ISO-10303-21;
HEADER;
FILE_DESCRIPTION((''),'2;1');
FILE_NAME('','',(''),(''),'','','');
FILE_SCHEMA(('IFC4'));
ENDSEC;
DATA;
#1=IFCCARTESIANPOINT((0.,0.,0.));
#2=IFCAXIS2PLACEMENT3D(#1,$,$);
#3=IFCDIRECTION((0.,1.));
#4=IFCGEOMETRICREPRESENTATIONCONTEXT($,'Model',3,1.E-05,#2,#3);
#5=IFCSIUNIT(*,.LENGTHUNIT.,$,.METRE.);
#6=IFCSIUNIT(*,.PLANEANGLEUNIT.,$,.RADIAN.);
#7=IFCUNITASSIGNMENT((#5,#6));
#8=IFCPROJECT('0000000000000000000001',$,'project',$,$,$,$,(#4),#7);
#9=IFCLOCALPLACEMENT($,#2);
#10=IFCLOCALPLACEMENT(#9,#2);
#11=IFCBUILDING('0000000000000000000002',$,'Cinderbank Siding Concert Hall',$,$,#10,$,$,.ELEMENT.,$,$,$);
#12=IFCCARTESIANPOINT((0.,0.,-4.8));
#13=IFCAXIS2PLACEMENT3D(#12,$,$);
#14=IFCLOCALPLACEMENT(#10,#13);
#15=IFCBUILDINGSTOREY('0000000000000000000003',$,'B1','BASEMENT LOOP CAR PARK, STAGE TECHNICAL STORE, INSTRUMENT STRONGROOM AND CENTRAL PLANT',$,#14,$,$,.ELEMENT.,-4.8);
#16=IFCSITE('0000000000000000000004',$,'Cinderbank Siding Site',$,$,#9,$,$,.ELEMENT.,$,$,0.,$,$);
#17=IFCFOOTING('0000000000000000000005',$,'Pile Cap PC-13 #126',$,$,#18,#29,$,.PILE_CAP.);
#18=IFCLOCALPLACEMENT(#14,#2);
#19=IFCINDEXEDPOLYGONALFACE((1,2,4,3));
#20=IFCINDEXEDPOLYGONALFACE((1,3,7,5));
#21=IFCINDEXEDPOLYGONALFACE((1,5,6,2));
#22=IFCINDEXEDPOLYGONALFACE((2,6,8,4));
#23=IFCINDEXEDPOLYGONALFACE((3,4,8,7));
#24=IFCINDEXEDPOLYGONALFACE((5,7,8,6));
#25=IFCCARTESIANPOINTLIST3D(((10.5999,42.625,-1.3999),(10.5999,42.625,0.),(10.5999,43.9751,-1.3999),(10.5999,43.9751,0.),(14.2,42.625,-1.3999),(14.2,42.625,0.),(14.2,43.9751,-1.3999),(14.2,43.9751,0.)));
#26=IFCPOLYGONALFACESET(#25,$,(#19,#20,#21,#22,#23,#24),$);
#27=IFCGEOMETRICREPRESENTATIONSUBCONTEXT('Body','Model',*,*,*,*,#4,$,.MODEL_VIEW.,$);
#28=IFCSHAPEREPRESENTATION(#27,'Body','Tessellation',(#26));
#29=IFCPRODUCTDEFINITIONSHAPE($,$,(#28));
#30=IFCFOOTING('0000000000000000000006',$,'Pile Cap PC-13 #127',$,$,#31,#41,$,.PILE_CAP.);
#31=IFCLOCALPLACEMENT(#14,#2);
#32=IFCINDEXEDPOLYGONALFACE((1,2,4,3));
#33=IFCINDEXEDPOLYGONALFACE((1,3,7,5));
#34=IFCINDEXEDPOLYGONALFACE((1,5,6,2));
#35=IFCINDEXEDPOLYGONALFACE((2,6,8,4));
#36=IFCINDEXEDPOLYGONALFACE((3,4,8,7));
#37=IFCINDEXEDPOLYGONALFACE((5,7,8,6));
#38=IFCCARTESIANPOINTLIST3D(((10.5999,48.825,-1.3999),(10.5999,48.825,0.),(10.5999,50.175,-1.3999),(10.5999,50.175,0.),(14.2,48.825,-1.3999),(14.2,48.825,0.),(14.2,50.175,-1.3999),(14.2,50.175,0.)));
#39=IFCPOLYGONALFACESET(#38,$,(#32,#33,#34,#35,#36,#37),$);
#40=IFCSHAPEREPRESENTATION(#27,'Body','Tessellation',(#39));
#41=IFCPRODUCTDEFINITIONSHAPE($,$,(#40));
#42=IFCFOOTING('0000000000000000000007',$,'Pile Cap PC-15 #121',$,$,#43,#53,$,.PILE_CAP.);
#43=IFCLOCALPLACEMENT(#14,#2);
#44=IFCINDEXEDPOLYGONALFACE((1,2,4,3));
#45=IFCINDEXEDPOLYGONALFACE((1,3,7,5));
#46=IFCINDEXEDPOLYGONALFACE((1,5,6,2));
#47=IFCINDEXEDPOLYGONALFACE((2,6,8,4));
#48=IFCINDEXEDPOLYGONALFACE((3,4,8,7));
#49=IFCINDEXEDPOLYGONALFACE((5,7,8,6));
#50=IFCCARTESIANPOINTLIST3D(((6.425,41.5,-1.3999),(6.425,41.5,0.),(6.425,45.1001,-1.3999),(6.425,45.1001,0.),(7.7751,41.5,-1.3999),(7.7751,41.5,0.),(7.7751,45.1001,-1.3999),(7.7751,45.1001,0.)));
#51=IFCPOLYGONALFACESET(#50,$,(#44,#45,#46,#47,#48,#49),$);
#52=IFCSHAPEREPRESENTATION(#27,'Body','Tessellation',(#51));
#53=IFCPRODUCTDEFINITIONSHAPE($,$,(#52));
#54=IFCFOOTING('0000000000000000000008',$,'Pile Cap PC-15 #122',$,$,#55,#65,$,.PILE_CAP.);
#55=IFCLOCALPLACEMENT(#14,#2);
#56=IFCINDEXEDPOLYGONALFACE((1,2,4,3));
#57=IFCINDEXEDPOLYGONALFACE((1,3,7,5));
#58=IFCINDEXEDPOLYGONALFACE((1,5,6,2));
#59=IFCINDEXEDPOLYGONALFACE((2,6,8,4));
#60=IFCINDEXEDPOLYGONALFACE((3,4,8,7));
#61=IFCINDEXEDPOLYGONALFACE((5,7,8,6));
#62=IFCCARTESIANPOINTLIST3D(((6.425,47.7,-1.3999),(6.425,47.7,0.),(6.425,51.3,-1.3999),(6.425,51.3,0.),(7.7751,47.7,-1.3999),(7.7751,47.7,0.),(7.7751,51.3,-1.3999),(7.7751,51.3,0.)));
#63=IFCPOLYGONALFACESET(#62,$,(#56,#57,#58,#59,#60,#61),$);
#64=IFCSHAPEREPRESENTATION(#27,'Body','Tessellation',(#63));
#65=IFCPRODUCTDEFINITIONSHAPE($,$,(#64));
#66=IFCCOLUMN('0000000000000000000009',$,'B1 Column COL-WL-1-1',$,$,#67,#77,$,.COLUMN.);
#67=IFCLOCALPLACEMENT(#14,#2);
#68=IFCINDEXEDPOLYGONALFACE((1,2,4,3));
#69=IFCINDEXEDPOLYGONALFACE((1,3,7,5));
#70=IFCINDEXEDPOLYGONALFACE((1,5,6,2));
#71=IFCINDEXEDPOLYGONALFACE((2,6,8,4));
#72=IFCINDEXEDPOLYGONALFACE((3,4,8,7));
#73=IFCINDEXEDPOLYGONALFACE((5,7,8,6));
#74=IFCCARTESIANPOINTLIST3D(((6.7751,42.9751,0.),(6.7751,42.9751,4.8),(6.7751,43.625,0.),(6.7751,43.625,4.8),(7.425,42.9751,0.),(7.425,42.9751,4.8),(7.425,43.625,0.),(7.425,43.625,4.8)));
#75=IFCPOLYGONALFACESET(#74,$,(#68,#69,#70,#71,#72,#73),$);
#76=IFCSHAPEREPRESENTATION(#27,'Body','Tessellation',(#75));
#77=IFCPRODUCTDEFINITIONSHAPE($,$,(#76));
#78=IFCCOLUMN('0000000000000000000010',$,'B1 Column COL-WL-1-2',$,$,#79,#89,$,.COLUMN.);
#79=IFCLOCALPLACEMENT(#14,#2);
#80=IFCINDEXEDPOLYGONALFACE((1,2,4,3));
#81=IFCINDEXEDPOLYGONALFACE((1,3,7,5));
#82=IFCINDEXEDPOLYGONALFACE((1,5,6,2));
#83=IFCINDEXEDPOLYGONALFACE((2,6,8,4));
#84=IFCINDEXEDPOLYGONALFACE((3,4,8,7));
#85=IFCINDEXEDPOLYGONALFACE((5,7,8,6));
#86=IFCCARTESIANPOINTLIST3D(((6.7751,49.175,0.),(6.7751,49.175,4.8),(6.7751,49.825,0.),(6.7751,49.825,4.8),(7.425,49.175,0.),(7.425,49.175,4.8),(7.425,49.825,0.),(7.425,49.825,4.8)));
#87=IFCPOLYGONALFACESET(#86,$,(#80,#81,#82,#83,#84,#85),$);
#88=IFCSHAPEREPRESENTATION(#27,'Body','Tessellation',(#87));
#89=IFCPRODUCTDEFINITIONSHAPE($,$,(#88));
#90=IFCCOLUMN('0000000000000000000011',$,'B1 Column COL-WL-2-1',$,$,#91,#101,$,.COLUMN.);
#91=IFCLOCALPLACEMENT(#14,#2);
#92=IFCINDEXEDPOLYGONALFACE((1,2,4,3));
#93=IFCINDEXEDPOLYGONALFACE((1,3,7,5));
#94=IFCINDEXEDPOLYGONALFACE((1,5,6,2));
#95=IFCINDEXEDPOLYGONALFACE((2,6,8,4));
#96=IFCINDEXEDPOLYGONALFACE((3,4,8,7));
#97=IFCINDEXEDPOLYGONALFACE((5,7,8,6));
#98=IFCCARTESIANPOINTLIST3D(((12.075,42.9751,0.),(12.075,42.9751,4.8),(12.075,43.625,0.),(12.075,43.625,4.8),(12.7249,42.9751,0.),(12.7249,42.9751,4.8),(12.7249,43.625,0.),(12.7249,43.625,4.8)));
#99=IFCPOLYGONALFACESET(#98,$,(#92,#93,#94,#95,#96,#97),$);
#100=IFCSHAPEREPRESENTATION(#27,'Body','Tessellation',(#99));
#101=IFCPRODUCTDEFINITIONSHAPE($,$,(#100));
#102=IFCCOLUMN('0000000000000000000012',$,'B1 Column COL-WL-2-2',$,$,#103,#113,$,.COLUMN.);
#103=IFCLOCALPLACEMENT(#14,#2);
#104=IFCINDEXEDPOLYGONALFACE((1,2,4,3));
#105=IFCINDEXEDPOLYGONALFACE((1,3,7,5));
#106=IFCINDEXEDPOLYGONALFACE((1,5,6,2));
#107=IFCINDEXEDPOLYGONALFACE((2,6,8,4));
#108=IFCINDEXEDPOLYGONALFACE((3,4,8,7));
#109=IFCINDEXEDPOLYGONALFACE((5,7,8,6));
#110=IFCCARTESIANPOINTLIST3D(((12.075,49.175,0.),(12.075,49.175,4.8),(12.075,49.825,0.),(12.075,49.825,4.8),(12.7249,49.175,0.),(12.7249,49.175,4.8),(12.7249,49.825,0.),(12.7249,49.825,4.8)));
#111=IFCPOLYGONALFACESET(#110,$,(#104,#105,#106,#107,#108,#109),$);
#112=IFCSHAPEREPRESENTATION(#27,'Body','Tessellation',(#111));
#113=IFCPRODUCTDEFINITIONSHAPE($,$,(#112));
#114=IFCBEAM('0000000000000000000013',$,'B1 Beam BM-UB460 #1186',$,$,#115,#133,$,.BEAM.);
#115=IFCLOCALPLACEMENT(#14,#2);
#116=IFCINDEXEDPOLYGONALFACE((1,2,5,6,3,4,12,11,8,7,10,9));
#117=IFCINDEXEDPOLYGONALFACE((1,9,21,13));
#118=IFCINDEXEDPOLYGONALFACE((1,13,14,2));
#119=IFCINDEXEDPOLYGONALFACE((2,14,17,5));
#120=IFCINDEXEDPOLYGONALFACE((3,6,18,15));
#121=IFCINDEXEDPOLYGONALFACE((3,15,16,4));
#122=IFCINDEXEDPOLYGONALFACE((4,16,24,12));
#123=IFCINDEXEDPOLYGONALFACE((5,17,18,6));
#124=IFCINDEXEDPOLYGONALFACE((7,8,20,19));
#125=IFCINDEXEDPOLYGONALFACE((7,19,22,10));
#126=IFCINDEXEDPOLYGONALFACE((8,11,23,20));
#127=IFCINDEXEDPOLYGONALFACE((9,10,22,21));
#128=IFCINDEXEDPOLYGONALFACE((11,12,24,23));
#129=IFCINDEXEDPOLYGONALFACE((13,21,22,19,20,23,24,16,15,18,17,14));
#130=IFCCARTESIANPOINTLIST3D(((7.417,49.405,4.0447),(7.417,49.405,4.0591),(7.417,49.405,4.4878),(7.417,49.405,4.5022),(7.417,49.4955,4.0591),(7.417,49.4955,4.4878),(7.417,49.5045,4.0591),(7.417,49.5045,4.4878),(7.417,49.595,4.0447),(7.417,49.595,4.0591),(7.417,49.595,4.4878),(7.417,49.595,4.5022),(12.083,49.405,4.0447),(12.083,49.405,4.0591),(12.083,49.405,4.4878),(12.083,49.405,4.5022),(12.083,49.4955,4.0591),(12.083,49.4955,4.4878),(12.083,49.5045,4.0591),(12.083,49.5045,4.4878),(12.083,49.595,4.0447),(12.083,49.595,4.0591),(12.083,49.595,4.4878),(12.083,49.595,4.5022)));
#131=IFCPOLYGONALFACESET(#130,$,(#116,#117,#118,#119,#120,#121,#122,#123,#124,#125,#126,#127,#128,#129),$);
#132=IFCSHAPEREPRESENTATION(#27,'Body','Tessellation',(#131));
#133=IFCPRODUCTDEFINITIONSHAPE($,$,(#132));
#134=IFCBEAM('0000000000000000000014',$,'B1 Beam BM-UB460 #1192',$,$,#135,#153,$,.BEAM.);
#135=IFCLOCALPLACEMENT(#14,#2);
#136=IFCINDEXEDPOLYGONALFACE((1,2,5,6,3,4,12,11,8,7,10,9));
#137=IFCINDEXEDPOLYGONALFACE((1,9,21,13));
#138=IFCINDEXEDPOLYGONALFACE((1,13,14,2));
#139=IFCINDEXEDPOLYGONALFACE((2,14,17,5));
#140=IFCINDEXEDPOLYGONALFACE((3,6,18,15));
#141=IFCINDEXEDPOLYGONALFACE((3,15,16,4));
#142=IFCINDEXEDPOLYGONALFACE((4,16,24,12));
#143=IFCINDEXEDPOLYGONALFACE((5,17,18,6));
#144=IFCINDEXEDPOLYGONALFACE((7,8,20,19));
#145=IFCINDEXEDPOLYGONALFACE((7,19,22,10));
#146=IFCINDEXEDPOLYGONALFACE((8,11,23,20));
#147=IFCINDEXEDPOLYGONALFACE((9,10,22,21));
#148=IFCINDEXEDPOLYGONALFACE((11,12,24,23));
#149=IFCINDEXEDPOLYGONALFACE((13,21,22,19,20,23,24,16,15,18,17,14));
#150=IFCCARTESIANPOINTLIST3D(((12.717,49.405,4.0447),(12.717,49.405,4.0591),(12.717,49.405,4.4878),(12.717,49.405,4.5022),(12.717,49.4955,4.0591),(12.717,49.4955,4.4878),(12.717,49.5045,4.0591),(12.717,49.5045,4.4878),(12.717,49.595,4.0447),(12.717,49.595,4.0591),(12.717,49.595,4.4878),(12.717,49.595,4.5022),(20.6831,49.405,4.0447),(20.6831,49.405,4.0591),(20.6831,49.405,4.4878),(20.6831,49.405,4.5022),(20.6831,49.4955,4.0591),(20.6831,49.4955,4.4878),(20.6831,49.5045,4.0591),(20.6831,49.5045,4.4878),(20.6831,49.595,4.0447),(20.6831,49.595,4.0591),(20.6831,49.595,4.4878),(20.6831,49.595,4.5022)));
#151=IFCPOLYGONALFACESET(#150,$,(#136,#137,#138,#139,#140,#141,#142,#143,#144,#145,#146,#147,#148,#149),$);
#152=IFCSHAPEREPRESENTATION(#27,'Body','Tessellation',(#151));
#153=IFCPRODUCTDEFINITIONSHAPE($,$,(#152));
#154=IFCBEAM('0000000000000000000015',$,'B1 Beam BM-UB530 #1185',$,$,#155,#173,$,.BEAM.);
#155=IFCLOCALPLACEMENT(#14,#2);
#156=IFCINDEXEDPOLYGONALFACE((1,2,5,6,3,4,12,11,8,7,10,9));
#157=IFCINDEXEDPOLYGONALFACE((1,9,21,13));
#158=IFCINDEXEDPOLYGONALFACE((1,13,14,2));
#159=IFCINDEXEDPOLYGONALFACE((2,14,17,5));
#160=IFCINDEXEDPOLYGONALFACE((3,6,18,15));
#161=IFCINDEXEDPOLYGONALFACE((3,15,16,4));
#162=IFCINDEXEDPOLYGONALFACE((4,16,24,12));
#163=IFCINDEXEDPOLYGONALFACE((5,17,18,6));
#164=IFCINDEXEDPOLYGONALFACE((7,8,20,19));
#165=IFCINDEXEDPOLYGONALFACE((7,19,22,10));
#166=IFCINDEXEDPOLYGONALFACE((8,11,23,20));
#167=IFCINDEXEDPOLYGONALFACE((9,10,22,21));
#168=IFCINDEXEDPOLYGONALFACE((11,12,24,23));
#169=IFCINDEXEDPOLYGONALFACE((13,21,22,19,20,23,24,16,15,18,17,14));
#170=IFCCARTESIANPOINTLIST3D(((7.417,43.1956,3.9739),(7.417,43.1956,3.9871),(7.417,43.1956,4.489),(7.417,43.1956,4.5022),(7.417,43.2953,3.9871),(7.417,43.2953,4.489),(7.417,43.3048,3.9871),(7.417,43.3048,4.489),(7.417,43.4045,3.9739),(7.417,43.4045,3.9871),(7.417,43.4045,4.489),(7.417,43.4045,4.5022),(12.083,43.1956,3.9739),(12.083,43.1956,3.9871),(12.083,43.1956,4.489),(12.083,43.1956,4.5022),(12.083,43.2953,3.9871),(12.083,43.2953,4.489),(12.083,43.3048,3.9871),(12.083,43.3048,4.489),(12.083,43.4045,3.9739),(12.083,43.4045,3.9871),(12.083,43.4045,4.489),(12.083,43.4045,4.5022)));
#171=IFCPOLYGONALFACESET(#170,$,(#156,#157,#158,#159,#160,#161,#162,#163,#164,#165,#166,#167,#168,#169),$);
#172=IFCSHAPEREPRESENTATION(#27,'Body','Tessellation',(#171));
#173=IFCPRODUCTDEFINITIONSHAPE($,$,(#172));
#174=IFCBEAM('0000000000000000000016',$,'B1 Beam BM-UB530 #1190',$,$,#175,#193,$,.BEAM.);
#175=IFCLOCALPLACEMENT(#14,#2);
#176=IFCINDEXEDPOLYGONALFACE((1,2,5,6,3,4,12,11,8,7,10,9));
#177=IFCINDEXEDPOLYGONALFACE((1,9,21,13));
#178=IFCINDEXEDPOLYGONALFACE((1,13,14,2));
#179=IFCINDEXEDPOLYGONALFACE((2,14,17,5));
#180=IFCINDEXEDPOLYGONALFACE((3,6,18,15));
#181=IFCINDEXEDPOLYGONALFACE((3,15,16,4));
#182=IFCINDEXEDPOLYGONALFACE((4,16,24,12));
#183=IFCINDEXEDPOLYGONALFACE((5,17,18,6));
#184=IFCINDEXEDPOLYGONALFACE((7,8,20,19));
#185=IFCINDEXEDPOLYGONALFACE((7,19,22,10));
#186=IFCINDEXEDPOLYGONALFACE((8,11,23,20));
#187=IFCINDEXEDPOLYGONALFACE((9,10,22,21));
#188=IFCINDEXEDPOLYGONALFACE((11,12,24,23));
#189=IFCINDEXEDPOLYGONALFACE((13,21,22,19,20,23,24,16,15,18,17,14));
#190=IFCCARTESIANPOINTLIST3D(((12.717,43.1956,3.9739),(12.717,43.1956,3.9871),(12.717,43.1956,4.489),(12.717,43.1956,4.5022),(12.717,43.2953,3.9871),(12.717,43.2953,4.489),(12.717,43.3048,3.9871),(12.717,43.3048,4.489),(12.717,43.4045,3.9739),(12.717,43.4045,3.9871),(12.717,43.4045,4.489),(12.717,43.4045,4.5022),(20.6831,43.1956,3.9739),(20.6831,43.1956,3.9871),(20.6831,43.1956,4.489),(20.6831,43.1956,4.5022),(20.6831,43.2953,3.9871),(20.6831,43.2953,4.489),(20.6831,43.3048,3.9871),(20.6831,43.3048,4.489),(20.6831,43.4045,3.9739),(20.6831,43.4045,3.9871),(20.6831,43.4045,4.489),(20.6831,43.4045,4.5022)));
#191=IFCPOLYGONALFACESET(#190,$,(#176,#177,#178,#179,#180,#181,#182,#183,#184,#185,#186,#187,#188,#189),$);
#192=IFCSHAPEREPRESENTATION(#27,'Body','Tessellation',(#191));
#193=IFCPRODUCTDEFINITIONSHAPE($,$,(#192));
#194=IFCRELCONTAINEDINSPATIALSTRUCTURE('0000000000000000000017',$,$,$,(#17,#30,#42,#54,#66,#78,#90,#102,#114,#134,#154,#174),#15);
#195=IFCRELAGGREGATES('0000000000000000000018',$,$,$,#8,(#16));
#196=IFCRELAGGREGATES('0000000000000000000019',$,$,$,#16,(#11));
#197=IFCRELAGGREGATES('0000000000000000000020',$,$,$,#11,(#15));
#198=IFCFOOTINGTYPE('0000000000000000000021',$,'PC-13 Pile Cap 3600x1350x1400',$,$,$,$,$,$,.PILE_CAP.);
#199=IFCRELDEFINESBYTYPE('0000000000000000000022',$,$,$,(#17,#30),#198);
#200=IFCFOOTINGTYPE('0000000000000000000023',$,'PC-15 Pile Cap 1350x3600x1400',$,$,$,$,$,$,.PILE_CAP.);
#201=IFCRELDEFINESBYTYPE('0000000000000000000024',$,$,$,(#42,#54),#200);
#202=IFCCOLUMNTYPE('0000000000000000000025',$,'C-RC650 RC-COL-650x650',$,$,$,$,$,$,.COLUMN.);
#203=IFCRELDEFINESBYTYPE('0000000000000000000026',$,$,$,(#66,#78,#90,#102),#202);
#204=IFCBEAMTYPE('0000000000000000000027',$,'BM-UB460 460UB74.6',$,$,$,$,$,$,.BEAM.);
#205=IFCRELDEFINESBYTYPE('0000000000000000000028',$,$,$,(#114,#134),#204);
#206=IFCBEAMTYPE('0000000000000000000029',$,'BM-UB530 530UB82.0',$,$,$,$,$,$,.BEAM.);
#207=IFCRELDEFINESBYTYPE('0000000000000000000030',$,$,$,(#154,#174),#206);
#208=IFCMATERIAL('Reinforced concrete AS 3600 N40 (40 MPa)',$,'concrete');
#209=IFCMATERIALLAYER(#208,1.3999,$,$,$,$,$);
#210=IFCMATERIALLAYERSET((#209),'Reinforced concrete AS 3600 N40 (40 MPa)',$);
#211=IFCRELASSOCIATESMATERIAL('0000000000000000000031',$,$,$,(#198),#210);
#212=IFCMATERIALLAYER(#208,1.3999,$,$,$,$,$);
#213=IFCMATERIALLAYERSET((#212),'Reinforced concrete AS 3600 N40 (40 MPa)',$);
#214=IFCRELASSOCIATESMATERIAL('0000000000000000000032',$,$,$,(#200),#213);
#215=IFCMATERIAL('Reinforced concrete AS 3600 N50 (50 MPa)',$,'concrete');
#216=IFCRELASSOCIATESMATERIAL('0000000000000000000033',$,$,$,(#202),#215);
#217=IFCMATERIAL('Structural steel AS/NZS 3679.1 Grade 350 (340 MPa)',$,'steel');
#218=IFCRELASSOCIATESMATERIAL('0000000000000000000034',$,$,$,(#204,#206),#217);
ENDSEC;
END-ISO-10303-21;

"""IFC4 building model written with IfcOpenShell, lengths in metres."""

from ifc_helpers import new_model, si_unit, direction, frame, origin, origin_2d, place, context, subcontext, project, spatial, rectangle, i_section, extrude, material, layer, layer_set, material_profile, profile_set, type_object, element, save


model = new_model("IFC4")

# Units and contexts
model_context = context("Model", 3, precision=1e-05, world=origin(), true_north=direction((0.0, 1.0)))
body_context = subcontext(model_context, "Body", "Model", "MODEL_VIEW")
ifc_project = project(units=[si_unit("LENGTHUNIT", "METRE"), si_unit("PLANEANGLEUNIT", "RADIAN")], contexts=[model_context])

# Site, building, storey
site_placement = place(None, origin())
site = spatial("IfcSite", under=ifc_project, at=site_placement, Name="Cinderbank Siding Site", CompositionType="ELEMENT", RefElevation=0.0)
building_placement = place(site_placement, origin())
building = spatial("IfcBuilding", under=site, at=building_placement, Name="Cinderbank Siding Concert Hall", CompositionType="ELEMENT")
storey_placement = place(building_placement, frame((0.0, 0.0, -4.8)))
storey = spatial("IfcBuildingStorey", under=building, at=storey_placement, Name="B1", Description="BASEMENT LOOP CAR PARK, STAGE TECHNICAL STORE, INSTRUMENT STRONGROOM AND CENTRAL PLANT", CompositionType="ELEMENT", Elevation=-4.8)

# Shared definitions
ifc_material_1 = material(Name="Reinforced concrete AS 3600 N40 (40 MPa)", Category="concrete")

# Footings
ifc_layer_1 = layer(ifc_material_1, 1.3999)
ifc_layer_set_1 = layer_set([ifc_layer_1], Name="Reinforced concrete AS 3600 N40 (40 MPa)")
footing_type_1 = type_object("IfcFootingType", Name="PC-13 Pile Cap 3600x1350x1400", PredefinedType="PILE_CAP", material=ifc_layer_set_1)
for number, where, z_axis, x_axis, name in (
    (1, (12.3999, 43.3, -1.3999), (0.0, 0.0, 1.0), (1.0, 0.0, 0.0), "Pile Cap PC-13 #126"),
    (2, (12.3999, 49.5, -1.3999), (0.0, 0.0, 1.0), (1.0, 0.0, 0.0), "Pile Cap PC-13 #127"),
):
    element("IfcFooting", number, at=place(storey_placement, frame(where, z_axis=z_axis, x_axis=x_axis)), inside=storey, type_object=footing_type_1, Name=name, PredefinedType="PILE_CAP", context=body_context, shape_type="SweptSolid", body=[
        extrude(rectangle(XDim=3.6001, YDim=1.3501, at=origin_2d()), origin(), (0.0, 0.0, 1.0), 1.3999),
    ])
ifc_layer_2 = layer(ifc_material_1, 1.3999)
ifc_layer_set_2 = layer_set([ifc_layer_2], Name="Reinforced concrete AS 3600 N40 (40 MPa)")
footing_type_2 = type_object("IfcFootingType", Name="PC-15 Pile Cap 1350x3600x1400", PredefinedType="PILE_CAP", material=ifc_layer_set_2)
for number, where, z_axis, x_axis, name in (
    (3, (7.1001, 43.3, -1.3999), (0.0, 0.0, 1.0), (1.0, 0.0, 0.0), "Pile Cap PC-15 #121"),
    (4, (7.1001, 49.5, -1.3999), (0.0, 0.0, 1.0), (1.0, 0.0, 0.0), "Pile Cap PC-15 #122"),
):
    element("IfcFooting", number, at=place(storey_placement, frame(where, z_axis=z_axis, x_axis=x_axis)), inside=storey, type_object=footing_type_2, Name=name, PredefinedType="PILE_CAP", context=body_context, shape_type="SweptSolid", body=[
        extrude(rectangle(XDim=1.3501, YDim=3.6001, at=origin_2d()), origin(), (0.0, 0.0, 1.0), 1.3999),
    ])

# Columns
ifc_material_2 = material(Name="Reinforced concrete AS 3600 N50 (50 MPa)", Category="concrete")
ifc_material_profile_1 = material_profile(ifc_material_2, rectangle(XDim=0.6499, YDim=0.6499, at=origin_2d()), Name="RC-COL-650x650", Category="LoadBearing")
ifc_profile_set_1 = profile_set([ifc_material_profile_1], Name="Reinforced concrete AS 3600 N50 (50 MPa)")
column_type = type_object("IfcColumnType", Name="C-RC650 RC-COL-650x650", PredefinedType="COLUMN", material=ifc_profile_set_1)
for number, where, z_axis, x_axis, name in (
    (5, (7.1001, 43.3, 0.0), (0.0, 0.0, 1.0), (1.0, 0.0, 0.0), "B1 Column COL-WL-1-1"),
    (6, (7.1001, 49.5, 0.0), (0.0, 0.0, 1.0), (1.0, 0.0, 0.0), "B1 Column COL-WL-1-2"),
    (7, (12.3999, 43.3, 0.0), (0.0, 0.0, 1.0), (1.0, 0.0, 0.0), "B1 Column COL-WL-2-1"),
    (8, (12.3999, 49.5, 0.0), (0.0, 0.0, 1.0), (1.0, 0.0, 0.0), "B1 Column COL-WL-2-2"),
):
    element("IfcColumn", number, at=place(storey_placement, frame(where, z_axis=z_axis, x_axis=x_axis)), inside=storey, type_object=column_type, Name=name, PredefinedType="COLUMN", context=body_context, shape_type="SweptSolid", body=[
        extrude(rectangle(XDim=0.6499, YDim=0.6499, at=origin_2d()), origin(), (0.0, 0.0, 1.0), 4.8),
    ])

# Beams
ifc_material_3 = material(Name="Structural steel AS/NZS 3679.1 Grade 350 (340 MPa)", Category="steel")
ifc_material_profile_2 = material_profile(ifc_material_3, i_section(OverallWidth=0.1899, OverallDepth=0.4575, WebThickness=0.009, FlangeThickness=0.0144, at=origin_2d()), Name="460UB74.6", Category="LoadBearing")
ifc_profile_set_2 = profile_set([ifc_material_profile_2], Name="Structural steel AS/NZS 3679.1 Grade 350 (340 MPa)")
beam_type_1 = type_object("IfcBeamType", Name="BM-UB460 460UB74.6", PredefinedType="BEAM", material=ifc_profile_set_2)
beam_1_placement = place(storey_placement, frame((7.417, 49.5, 4.2734), z_axis=(1.0, 0.0, 0.0), x_axis=(0.0, 1.0, 0.0)))
element("IfcBeam", 9, at=beam_1_placement, inside=storey, type_object=beam_type_1, Name="B1 Beam BM-UB460 #1186", PredefinedType="BEAM", context=body_context, shape_type="SweptSolid", body=[
    extrude(i_section(OverallWidth=0.1899, OverallDepth=0.4575, WebThickness=0.009, FlangeThickness=0.0144, at=origin_2d()), origin(), (0.0, 0.0, 1.0), 4.666),
])
beam_2_placement = place(storey_placement, frame((12.717, 49.5, 4.2734), z_axis=(1.0, 0.0, 0.0), x_axis=(0.0, 1.0, 0.0)))
element("IfcBeam", 10, at=beam_2_placement, inside=storey, type_object=beam_type_1, Name="B1 Beam BM-UB460 #1192", PredefinedType="BEAM", context=body_context, shape_type="SweptSolid", body=[
    extrude(i_section(OverallWidth=0.1899, OverallDepth=0.4575, WebThickness=0.009, FlangeThickness=0.0144, at=origin_2d()), origin(), (0.0, 0.0, 1.0), 7.9661),
])
ifc_material_profile_3 = material_profile(ifc_material_3, i_section(OverallWidth=0.209, OverallDepth=0.5283, WebThickness=0.0095, FlangeThickness=0.0132, at=origin_2d()), Name="530UB82.0", Category="LoadBearing")
ifc_profile_set_3 = profile_set([ifc_material_profile_3], Name="Structural steel AS/NZS 3679.1 Grade 350 (340 MPa)")
beam_type_2 = type_object("IfcBeamType", Name="BM-UB530 530UB82.0", PredefinedType="BEAM", material=ifc_profile_set_3)
beam_3_placement = place(storey_placement, frame((7.417, 43.3, 4.238), z_axis=(1.0, 0.0, 0.0), x_axis=(0.0, 1.0, 0.0)))
element("IfcBeam", 11, at=beam_3_placement, inside=storey, type_object=beam_type_2, Name="B1 Beam BM-UB530 #1185", PredefinedType="BEAM", context=body_context, shape_type="SweptSolid", body=[
    extrude(i_section(OverallWidth=0.209, OverallDepth=0.5283, WebThickness=0.0095, FlangeThickness=0.0132, at=origin_2d()), origin(), (0.0, 0.0, 1.0), 4.666),
])
beam_4_placement = place(storey_placement, frame((12.717, 43.3, 4.238), z_axis=(1.0, 0.0, 0.0), x_axis=(0.0, 1.0, 0.0)))
element("IfcBeam", 12, at=beam_4_placement, inside=storey, type_object=beam_type_2, Name="B1 Beam BM-UB530 #1190", PredefinedType="BEAM", context=body_context, shape_type="SweptSolid", body=[
    extrude(i_section(OverallWidth=0.209, OverallDepth=0.5283, WebThickness=0.0095, FlangeThickness=0.0132, at=origin_2d()), origin(), (0.0, 0.0, 1.0), 7.9661),
])

save(model, "model.ifc")
